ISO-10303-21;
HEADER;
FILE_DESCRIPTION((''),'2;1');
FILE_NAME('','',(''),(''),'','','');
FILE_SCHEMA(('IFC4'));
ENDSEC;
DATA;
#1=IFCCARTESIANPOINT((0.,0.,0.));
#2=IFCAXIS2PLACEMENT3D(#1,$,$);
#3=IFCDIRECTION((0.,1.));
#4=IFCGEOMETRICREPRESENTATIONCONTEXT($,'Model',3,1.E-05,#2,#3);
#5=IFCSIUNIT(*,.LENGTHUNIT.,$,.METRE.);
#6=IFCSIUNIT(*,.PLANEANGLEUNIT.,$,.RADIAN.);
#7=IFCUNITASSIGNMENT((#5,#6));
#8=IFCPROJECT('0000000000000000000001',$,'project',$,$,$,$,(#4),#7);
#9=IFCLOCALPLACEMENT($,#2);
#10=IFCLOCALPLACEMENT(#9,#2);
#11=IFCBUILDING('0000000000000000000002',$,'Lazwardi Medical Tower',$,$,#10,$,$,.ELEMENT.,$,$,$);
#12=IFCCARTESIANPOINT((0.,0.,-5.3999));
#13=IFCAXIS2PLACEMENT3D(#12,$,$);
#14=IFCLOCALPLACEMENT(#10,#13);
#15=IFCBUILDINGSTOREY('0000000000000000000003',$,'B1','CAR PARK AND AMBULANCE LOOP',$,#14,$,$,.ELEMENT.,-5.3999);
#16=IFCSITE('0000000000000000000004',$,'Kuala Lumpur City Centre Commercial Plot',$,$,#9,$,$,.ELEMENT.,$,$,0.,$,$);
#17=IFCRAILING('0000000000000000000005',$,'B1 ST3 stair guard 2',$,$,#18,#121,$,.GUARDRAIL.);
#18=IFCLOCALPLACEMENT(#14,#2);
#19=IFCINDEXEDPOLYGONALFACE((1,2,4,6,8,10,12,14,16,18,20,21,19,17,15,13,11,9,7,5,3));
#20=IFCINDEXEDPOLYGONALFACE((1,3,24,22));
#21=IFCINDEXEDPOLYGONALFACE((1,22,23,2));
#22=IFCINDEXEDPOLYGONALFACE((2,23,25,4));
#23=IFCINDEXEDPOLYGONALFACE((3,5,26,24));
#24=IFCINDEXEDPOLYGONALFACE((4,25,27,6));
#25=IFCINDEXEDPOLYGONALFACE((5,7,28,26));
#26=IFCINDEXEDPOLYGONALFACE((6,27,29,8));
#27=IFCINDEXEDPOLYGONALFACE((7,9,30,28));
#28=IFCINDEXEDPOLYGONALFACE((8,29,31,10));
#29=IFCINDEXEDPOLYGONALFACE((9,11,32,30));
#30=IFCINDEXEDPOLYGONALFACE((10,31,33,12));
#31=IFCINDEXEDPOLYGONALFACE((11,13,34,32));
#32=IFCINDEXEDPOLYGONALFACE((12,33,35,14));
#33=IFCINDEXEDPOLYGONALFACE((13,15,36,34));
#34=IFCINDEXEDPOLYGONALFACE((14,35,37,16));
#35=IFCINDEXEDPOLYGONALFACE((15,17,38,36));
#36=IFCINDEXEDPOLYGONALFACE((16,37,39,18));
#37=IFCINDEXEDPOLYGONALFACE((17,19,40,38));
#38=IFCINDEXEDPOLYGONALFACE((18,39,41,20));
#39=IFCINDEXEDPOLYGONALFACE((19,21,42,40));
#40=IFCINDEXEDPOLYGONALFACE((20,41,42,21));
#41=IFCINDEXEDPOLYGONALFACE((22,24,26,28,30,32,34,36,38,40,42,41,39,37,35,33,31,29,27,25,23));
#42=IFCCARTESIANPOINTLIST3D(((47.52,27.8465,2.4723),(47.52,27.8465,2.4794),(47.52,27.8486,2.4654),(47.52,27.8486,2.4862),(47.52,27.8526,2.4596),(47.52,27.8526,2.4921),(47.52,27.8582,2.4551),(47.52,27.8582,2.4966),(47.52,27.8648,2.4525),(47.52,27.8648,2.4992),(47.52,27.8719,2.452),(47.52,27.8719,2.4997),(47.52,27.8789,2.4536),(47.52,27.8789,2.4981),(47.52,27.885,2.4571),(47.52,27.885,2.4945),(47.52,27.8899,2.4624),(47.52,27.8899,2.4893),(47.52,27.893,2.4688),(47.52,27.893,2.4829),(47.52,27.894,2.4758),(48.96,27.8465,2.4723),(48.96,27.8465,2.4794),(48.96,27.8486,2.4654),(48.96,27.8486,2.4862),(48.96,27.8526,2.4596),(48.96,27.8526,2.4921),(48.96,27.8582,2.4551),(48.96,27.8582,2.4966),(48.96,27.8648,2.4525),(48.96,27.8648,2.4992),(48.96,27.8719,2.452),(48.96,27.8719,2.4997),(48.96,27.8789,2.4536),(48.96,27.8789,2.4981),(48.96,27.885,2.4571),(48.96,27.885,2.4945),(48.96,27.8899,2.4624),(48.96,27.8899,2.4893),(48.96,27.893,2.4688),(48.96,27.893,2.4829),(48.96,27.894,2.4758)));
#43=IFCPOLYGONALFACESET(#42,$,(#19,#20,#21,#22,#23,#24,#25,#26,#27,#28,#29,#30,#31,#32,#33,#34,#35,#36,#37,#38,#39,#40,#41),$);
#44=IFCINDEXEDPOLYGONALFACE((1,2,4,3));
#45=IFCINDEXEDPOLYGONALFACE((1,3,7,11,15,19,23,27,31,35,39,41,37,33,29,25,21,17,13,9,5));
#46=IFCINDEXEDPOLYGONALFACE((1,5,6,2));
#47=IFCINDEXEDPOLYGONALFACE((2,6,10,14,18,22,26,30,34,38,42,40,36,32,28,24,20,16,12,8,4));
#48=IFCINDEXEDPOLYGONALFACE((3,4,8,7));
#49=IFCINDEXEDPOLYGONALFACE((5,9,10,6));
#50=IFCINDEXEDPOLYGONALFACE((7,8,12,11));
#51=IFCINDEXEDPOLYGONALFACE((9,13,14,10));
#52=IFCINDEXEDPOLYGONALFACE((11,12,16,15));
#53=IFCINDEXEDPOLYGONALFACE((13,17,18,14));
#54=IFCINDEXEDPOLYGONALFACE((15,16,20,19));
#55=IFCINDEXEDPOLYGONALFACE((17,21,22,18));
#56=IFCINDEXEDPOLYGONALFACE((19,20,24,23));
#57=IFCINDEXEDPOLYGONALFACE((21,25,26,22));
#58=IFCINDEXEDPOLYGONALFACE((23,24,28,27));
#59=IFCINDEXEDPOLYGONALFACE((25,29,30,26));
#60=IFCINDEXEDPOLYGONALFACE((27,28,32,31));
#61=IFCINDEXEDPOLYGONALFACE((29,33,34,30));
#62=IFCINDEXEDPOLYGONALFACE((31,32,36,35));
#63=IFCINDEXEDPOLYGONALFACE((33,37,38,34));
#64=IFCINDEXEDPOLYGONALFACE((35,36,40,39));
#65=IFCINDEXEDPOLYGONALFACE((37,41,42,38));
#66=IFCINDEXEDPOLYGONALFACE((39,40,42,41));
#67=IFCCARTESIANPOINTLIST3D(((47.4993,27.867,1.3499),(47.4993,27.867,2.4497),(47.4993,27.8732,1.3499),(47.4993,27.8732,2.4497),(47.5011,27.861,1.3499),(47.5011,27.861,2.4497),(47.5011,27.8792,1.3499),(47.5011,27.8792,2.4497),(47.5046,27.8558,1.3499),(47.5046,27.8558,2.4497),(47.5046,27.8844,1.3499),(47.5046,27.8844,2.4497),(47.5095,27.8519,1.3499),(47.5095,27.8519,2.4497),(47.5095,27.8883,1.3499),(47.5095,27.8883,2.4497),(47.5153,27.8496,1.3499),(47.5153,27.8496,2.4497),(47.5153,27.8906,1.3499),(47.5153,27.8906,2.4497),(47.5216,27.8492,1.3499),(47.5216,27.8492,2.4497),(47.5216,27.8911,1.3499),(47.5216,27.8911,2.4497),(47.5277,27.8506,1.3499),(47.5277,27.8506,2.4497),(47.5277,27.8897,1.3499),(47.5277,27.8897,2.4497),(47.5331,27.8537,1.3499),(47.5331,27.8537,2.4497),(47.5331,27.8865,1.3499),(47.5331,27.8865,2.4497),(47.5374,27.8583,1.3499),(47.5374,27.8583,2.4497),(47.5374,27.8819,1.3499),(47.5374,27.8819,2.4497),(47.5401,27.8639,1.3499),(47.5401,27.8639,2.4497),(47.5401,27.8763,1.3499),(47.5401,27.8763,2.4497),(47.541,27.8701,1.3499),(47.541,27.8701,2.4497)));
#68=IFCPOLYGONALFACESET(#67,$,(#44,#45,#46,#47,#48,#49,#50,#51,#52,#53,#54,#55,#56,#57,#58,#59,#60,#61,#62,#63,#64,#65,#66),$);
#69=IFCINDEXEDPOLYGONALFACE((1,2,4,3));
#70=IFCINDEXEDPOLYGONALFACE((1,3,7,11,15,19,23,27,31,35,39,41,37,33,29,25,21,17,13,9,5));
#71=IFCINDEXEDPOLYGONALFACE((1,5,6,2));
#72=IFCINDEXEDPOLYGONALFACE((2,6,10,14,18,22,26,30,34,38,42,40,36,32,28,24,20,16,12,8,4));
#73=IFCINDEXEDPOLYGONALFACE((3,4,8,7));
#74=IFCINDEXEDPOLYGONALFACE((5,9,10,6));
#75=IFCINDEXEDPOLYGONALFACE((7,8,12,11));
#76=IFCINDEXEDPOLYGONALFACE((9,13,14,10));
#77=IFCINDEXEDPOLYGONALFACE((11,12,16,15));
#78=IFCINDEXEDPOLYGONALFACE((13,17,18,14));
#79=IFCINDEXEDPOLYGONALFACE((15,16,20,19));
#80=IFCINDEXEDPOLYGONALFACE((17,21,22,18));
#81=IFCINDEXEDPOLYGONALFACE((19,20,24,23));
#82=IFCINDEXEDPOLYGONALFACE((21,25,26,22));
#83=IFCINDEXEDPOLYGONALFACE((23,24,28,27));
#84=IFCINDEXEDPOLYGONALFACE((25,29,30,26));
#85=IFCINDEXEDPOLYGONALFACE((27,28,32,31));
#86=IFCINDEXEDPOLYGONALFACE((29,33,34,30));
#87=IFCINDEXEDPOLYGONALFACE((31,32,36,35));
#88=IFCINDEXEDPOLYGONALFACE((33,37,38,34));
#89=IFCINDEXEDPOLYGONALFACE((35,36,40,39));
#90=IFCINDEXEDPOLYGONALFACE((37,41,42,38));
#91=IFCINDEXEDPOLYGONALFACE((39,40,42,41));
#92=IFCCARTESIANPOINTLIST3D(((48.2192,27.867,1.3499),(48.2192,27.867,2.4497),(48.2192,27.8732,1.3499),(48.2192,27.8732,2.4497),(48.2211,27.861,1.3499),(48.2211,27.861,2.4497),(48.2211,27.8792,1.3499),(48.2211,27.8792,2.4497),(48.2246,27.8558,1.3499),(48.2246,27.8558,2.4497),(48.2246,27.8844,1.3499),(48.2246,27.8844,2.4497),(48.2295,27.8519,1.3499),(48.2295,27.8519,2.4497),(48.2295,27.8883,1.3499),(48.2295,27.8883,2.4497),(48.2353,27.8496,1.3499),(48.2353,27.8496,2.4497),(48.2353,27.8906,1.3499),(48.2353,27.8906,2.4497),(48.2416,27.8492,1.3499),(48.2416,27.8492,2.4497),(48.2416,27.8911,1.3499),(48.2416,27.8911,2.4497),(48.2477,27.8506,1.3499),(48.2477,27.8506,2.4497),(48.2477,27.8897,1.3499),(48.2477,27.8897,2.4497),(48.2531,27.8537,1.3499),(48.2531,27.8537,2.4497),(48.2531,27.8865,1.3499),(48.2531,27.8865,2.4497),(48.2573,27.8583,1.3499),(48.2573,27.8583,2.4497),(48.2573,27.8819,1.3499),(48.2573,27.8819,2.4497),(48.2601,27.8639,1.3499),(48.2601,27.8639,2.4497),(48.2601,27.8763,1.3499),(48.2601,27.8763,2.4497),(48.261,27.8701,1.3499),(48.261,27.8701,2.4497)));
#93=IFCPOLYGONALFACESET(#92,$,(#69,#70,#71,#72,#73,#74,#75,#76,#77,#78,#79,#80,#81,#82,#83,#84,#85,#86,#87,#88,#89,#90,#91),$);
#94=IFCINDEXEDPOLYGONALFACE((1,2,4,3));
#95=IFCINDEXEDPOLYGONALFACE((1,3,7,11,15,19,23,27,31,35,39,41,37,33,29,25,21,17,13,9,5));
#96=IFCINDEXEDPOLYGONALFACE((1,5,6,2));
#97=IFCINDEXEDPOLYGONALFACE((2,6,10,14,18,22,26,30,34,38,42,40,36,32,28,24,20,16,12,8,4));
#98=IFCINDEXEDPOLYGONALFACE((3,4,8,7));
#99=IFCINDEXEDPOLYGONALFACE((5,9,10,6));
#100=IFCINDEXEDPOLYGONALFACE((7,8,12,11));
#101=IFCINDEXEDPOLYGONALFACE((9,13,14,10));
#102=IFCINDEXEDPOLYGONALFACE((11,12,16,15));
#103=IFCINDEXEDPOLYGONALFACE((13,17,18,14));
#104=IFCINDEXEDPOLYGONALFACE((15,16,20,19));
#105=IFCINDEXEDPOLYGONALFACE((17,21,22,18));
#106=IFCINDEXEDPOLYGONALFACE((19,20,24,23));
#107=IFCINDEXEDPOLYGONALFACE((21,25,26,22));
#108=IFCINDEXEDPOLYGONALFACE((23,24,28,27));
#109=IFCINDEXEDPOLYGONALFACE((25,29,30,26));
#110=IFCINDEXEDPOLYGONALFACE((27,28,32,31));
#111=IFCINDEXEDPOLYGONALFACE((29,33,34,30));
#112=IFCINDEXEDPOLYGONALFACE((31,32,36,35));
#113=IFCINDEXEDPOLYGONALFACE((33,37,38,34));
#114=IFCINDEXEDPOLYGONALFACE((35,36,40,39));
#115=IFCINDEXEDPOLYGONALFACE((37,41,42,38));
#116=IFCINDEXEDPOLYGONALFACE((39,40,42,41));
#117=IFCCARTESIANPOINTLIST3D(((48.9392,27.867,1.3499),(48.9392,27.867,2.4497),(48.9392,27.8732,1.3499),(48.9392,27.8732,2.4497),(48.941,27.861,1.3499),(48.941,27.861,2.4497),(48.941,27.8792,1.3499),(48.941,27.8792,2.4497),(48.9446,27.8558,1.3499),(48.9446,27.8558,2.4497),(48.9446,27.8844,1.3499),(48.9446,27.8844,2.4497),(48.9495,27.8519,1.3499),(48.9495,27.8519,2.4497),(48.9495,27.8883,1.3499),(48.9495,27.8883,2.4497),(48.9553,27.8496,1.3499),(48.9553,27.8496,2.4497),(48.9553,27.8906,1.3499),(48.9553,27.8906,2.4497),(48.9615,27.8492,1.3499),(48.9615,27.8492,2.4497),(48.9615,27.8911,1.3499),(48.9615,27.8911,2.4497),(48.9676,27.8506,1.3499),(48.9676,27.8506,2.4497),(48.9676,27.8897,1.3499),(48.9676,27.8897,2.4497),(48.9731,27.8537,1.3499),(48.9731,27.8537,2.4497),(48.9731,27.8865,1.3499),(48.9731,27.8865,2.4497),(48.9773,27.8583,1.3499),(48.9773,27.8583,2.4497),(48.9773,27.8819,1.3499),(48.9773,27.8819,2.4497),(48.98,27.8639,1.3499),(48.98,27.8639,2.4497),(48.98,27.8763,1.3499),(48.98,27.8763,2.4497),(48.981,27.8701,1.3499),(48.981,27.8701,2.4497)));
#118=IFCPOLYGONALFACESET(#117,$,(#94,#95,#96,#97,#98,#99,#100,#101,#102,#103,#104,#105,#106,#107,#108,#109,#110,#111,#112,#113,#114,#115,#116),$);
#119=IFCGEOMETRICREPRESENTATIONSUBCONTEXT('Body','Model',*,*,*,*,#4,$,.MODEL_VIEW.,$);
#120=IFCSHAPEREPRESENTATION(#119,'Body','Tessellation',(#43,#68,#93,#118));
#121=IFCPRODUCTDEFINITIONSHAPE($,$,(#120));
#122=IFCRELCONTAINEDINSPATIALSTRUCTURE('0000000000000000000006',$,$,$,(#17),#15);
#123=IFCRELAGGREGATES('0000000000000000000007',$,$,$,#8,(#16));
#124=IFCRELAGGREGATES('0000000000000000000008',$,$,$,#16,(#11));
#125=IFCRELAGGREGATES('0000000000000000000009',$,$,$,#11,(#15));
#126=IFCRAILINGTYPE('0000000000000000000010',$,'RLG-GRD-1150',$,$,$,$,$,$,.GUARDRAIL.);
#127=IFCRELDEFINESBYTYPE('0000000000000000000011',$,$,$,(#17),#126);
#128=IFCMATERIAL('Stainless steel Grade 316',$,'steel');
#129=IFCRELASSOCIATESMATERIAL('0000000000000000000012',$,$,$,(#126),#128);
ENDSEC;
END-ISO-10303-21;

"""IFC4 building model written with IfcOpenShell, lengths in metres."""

from ifc_helpers import new_model, si_unit, direction, frame, origin, origin_2d, place, context, subcontext, project, spatial, circle, extrude, material, type_object, element, save


model = new_model("IFC4")

# Units and contexts
model_context = context("Model", 3, precision=1e-05, world=origin(), true_north=direction((0.0, 1.0)))
body_context = subcontext(model_context, "Body", "Model", "MODEL_VIEW")
ifc_project = project(units=[si_unit("LENGTHUNIT", "METRE"), si_unit("PLANEANGLEUNIT", "RADIAN")], contexts=[model_context])

# Site, building, storey
site_placement = place(None, origin())
site = spatial("IfcSite", under=ifc_project, at=site_placement, Name="Kuala Lumpur City Centre Commercial Plot", CompositionType="ELEMENT", RefElevation=0.0)
building_placement = place(site_placement, origin())
building = spatial("IfcBuilding", under=site, at=building_placement, Name="Lazwardi Medical Tower", CompositionType="ELEMENT")
storey_placement = place(building_placement, frame((0.0, 0.0, -5.3999)))
storey = spatial("IfcBuildingStorey", under=building, at=storey_placement, Name="B1", Description="CAR PARK AND AMBULANCE LOOP", CompositionType="ELEMENT", Elevation=-5.3999)

# Railing
ifc_material_1 = material(Name="Stainless steel Grade 316", Category="steel")
railing_type_1 = type_object("IfcRailingType", Name="RLG-GRD-1150", PredefinedType="GUARDRAIL", material=ifc_material_1)
railing_1_placement = place(storey_placement, frame((47.52, 27.8701, 1.3499)))
element("IfcRailing", 1, at=railing_1_placement, inside=storey, type_object=railing_type_1, Name="B1 ST3 stair guard 2", PredefinedType="GUARDRAIL", context=body_context, shape_type="SweptSolid", body=[
    extrude(circle(Radius=0.0239, at=origin_2d()), frame((0.0, 0.0, 1.126), z_axis=(1.0, 0.0, 0.0), x_axis=(0.0, 1.0, 0.0)), (0.0, 0.0, 1.0), 1.4399),
    extrude(circle(Radius=0.021, at=origin_2d()), origin(), (0.0, 0.0, 1.0), 1.0999),
    extrude(circle(Radius=0.021, at=origin_2d()), frame((0.72, 0.0, 0.0)), (0.0, 0.0, 1.0), 1.0999),
    extrude(circle(Radius=0.021, at=origin_2d()), frame((1.4399, 0.0, 0.0)), (0.0, 0.0, 1.0), 1.0999),
])

save(model, "model.ifc")
